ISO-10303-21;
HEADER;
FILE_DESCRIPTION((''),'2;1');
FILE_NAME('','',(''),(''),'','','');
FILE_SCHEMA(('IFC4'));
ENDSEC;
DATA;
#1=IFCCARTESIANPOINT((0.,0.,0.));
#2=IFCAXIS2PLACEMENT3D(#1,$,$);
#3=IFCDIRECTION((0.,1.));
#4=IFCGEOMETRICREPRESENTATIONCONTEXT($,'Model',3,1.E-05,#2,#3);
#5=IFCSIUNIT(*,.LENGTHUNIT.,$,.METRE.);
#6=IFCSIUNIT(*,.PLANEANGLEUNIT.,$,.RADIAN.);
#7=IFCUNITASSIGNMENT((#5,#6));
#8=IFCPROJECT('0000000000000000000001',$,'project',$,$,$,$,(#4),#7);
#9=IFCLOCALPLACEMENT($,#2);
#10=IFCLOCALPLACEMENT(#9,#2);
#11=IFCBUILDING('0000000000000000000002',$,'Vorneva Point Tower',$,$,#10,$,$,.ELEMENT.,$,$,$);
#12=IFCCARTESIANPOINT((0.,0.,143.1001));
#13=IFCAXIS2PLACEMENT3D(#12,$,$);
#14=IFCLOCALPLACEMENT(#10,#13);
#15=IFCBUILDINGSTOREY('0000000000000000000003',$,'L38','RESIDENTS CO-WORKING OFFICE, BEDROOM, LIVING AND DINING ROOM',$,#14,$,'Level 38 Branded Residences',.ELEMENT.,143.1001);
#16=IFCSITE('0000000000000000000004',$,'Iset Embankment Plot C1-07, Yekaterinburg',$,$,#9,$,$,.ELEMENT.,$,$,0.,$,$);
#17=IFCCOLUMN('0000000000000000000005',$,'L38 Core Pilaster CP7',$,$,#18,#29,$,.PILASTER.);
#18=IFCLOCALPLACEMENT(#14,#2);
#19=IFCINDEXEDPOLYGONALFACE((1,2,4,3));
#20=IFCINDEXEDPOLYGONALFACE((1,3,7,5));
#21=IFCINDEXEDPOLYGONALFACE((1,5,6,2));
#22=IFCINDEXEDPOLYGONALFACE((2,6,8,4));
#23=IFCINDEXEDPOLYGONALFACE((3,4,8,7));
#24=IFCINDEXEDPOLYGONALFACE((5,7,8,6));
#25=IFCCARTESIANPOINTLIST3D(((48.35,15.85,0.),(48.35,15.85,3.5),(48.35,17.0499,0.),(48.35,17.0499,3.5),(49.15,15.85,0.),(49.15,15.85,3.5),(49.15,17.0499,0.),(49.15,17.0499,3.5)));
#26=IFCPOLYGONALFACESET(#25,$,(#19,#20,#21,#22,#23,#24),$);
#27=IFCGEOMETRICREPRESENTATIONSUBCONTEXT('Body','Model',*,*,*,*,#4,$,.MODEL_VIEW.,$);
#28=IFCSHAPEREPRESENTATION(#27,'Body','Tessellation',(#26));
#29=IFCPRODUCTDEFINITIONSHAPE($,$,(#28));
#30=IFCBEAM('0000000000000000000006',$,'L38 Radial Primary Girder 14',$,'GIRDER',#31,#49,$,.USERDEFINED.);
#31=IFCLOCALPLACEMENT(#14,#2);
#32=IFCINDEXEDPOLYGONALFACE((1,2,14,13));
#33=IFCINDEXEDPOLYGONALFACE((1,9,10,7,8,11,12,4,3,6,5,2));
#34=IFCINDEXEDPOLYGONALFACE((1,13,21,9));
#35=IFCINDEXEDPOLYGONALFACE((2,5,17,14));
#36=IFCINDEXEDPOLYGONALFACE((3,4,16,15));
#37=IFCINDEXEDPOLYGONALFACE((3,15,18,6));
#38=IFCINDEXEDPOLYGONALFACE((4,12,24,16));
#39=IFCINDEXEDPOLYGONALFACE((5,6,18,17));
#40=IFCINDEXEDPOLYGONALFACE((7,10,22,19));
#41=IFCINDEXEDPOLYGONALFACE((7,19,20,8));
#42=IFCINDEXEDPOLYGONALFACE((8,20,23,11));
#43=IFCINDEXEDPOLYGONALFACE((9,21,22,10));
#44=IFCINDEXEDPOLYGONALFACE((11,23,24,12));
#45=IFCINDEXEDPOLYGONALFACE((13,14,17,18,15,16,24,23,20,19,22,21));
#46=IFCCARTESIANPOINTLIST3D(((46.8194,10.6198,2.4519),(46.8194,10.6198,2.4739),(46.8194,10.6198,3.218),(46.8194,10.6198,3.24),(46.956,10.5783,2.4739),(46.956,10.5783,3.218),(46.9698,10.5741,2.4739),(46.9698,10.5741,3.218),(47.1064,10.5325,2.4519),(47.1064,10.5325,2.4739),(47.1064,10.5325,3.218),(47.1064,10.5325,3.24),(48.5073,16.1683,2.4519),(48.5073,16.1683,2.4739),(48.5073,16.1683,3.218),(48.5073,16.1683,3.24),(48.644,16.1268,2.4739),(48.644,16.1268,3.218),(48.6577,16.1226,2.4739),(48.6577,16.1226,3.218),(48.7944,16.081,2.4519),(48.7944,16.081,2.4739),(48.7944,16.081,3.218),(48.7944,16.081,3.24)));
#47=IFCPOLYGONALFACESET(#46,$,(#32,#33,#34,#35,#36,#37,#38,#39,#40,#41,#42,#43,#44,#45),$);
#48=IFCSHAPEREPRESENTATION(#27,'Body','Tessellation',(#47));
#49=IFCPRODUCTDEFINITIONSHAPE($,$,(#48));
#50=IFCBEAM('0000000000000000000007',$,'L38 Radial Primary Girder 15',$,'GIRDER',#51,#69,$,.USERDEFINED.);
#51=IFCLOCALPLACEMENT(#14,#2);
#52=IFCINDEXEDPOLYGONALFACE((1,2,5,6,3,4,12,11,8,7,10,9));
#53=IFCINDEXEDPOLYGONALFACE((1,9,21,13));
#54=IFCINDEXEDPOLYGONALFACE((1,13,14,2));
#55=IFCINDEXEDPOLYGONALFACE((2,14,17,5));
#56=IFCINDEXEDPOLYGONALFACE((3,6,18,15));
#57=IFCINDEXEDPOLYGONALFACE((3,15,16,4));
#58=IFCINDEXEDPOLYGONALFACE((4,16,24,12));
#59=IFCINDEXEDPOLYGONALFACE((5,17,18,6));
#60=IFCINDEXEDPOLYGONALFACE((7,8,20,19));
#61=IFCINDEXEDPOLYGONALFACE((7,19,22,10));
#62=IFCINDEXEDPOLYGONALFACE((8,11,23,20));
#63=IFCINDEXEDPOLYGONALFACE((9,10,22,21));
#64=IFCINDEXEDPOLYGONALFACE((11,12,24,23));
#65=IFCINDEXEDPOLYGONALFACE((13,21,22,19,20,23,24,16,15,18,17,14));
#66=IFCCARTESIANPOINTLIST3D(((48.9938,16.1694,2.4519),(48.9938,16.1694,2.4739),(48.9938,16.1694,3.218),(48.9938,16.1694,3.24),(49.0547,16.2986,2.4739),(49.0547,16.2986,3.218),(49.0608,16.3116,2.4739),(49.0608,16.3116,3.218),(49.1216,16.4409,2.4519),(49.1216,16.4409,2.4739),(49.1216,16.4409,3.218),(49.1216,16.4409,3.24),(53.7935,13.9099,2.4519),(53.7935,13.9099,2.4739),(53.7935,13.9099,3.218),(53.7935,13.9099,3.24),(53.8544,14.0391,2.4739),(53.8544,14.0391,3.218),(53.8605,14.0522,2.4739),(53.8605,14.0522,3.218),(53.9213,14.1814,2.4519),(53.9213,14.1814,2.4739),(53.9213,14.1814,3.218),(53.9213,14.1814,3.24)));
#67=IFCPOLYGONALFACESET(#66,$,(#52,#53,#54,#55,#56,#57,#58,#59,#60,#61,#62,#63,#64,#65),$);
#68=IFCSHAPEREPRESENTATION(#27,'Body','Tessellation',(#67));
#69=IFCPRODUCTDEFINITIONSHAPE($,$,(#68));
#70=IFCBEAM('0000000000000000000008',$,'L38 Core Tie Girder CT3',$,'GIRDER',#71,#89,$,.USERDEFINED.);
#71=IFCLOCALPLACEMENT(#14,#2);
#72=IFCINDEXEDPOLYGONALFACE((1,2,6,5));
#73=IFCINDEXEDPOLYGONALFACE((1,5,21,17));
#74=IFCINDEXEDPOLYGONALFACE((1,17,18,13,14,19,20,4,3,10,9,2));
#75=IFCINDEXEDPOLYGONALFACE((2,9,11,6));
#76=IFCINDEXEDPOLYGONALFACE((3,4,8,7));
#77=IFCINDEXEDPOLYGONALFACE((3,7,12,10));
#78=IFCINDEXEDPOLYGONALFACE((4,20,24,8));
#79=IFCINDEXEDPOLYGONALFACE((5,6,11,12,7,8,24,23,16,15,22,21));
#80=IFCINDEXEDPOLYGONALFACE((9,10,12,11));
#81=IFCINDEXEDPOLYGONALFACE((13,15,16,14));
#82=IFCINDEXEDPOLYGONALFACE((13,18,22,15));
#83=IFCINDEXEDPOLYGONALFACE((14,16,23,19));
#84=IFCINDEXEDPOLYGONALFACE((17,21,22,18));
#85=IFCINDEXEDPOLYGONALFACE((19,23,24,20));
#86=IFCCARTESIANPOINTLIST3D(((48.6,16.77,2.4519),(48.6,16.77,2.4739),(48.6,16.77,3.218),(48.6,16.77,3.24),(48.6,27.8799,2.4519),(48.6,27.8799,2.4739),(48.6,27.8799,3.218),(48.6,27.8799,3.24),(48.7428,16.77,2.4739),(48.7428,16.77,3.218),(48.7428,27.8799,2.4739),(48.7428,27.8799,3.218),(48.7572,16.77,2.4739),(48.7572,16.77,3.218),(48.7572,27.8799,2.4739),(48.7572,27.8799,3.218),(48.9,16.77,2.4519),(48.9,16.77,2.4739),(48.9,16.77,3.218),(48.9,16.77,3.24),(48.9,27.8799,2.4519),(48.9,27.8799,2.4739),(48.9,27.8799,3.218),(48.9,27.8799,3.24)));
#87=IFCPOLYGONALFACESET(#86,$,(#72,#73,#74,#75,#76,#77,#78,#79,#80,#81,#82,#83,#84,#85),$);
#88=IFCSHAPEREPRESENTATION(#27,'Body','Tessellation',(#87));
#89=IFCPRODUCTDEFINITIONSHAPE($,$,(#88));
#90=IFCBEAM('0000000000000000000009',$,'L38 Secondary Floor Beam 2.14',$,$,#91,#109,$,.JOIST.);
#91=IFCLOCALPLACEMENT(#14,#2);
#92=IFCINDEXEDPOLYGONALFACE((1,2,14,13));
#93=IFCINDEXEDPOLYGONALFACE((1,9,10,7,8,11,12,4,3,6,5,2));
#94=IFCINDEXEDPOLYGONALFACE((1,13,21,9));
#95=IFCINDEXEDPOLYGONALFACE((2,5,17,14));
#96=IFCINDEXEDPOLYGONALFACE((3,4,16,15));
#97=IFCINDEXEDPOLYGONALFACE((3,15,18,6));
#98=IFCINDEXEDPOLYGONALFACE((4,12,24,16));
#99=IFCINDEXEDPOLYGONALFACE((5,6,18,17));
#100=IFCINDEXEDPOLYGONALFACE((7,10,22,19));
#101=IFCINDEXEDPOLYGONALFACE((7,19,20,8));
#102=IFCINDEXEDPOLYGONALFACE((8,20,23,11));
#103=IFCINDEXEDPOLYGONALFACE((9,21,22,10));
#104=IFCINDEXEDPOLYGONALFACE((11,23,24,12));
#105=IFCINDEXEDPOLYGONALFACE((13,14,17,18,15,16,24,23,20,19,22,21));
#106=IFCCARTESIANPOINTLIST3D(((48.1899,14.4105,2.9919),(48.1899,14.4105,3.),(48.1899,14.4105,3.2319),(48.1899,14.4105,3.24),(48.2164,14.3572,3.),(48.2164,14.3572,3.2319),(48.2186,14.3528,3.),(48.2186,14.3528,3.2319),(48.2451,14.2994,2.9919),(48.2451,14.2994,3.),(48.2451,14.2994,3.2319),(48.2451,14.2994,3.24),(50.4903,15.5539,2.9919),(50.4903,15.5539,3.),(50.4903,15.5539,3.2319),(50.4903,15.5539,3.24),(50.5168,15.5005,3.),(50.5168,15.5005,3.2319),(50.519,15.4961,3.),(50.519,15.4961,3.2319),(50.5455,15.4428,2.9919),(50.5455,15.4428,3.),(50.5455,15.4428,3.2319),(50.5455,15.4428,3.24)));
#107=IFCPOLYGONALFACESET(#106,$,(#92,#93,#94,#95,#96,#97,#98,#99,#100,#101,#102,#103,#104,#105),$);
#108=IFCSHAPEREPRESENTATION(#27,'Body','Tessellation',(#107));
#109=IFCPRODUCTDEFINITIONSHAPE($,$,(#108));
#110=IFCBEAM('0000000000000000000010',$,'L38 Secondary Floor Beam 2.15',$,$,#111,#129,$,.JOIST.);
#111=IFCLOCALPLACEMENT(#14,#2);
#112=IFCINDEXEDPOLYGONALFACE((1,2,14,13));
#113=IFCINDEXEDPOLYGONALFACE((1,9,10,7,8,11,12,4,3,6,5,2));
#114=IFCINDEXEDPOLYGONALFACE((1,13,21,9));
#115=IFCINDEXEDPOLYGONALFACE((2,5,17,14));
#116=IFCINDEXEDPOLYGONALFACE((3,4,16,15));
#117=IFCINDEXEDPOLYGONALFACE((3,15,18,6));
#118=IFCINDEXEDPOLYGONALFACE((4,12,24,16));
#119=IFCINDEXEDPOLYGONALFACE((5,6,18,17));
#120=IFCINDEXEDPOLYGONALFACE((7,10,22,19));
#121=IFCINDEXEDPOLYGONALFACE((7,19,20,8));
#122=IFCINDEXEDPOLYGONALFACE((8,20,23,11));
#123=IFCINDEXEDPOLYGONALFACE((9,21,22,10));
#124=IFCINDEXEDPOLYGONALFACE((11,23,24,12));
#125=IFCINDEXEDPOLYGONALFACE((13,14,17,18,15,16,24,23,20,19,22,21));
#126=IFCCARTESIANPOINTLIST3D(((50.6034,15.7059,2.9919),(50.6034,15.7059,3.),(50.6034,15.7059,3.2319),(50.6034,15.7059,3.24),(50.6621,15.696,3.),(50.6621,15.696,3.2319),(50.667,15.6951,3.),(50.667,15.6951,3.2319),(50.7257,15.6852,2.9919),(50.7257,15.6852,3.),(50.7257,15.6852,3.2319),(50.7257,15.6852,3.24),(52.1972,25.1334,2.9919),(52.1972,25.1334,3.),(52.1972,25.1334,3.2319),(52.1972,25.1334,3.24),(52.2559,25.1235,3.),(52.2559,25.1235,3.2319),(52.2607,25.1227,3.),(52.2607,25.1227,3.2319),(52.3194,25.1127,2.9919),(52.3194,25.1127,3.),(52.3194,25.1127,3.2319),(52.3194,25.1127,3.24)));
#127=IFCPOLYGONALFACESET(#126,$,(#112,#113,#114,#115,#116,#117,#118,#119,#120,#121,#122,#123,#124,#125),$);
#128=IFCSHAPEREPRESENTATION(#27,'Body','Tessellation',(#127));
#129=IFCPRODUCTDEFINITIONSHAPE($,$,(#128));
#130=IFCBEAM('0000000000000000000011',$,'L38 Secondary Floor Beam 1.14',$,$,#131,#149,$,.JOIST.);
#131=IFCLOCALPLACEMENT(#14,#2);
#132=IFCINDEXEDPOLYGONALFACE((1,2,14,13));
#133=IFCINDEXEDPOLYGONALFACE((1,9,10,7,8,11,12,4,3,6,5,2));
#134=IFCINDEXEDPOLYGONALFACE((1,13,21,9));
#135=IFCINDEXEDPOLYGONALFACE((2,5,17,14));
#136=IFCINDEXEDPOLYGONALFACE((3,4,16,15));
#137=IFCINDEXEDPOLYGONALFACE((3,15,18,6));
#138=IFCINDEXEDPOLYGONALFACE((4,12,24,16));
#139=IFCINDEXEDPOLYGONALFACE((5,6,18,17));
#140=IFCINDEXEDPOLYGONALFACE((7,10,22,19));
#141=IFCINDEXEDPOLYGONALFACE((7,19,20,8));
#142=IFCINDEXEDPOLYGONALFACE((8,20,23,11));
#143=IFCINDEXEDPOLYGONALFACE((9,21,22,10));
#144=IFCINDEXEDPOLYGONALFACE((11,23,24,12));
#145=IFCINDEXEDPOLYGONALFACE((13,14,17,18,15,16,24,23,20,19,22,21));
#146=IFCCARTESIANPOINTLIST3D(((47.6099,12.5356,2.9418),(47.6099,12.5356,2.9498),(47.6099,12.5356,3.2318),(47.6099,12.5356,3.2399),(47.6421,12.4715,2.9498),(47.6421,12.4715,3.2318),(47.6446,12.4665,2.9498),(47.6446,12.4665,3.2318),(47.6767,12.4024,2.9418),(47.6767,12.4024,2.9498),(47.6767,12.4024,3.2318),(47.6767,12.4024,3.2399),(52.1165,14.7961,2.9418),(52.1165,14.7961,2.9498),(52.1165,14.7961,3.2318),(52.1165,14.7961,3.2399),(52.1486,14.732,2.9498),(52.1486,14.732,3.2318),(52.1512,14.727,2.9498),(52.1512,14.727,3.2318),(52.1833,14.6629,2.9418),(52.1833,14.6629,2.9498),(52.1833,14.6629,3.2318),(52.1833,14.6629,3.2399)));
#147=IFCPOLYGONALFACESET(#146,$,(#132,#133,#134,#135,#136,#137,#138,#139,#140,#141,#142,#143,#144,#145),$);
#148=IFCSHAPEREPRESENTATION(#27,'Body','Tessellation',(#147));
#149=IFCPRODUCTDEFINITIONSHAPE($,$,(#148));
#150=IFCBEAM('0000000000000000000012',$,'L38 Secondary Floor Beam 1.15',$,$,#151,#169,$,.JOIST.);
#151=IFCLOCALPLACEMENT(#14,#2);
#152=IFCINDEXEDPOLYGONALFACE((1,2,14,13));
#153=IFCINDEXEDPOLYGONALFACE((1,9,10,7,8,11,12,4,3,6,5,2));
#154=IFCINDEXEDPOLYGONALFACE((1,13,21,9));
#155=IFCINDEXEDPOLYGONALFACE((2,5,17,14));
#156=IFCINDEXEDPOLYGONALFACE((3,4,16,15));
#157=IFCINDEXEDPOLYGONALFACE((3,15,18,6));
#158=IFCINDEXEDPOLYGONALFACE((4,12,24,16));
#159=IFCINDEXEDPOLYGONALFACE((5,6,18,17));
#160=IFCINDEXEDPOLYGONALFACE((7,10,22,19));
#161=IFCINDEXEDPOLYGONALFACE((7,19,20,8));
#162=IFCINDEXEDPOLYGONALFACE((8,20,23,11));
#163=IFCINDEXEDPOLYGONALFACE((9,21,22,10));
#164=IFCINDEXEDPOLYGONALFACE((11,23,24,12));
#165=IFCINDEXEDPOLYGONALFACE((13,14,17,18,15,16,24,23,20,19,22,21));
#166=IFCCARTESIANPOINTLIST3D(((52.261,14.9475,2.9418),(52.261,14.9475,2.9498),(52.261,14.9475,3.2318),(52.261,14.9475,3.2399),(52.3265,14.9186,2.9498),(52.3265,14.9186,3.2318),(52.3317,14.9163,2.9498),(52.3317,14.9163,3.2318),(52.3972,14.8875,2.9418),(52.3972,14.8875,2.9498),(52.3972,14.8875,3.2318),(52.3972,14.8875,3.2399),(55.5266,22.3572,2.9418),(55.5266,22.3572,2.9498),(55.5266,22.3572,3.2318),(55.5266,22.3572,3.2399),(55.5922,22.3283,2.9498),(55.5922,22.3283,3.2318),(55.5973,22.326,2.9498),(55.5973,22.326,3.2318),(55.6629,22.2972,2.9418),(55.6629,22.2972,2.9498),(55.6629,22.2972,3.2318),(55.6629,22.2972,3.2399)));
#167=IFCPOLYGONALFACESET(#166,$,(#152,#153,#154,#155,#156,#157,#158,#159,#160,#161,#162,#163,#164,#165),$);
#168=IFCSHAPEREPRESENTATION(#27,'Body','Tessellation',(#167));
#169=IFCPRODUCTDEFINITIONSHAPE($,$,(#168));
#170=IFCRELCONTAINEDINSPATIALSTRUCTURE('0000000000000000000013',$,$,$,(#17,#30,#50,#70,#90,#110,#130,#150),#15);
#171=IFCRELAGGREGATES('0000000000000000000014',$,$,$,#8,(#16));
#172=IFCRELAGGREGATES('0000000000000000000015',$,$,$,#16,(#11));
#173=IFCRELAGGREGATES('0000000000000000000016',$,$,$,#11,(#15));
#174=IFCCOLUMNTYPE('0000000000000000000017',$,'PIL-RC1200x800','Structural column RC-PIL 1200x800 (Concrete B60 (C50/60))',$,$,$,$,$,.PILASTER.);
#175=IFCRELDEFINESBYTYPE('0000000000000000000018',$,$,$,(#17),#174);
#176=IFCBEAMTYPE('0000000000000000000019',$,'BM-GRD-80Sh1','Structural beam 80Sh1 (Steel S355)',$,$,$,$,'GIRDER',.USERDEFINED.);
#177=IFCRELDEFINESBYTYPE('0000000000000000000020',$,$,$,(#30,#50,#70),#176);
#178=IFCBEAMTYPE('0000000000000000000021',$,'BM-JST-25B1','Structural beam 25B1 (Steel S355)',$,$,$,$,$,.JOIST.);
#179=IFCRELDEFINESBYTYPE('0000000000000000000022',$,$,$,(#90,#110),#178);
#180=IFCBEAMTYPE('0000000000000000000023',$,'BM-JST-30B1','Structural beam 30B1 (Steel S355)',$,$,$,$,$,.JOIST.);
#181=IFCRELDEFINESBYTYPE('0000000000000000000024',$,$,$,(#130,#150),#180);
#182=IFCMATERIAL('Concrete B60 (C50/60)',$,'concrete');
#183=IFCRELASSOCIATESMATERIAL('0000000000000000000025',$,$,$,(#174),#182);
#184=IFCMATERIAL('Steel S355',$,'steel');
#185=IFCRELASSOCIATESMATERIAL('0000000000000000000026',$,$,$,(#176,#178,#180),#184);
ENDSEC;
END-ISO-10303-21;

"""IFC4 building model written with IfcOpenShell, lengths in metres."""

from ifc_helpers import new_model, si_unit, direction, frame, origin, origin_2d, place, context, subcontext, project, spatial, rectangle, i_section, extrude, material, material_profile, profile_set, type_object, element, save


model = new_model("IFC4")

# Units and contexts
model_context = context("Model", 3, precision=1e-05, world=origin(), true_north=direction((0.0, 1.0)))
body_context = subcontext(model_context, "Body", "Model", "MODEL_VIEW")
ifc_project = project(units=[si_unit("LENGTHUNIT", "METRE"), si_unit("PLANEANGLEUNIT", "RADIAN")], contexts=[model_context])

# Site, building, storey
site_placement = place(None, origin())
site = spatial("IfcSite", under=ifc_project, at=site_placement, Name="Iset Embankment Plot C1-07, Yekaterinburg", CompositionType="ELEMENT", RefElevation=0.0)
building_placement = place(site_placement, origin())
building = spatial("IfcBuilding", under=site, at=building_placement, Name="Vorneva Point Tower", CompositionType="ELEMENT")
storey_placement = place(building_placement, frame((0.0, 0.0, 143.1001)))
storey = spatial("IfcBuildingStorey", under=building, at=storey_placement, Name="L38", Description="RESIDENTS CO-WORKING OFFICE, BEDROOM, LIVING AND DINING ROOM", LongName="Level 38 Branded Residences", CompositionType="ELEMENT", Elevation=143.1001)

# Column
ifc_material_1 = material(Name="Concrete B60 (C50/60)", Category="concrete")
ifc_material_profile_1 = material_profile(ifc_material_1, rectangle(XDim=0.8, YDim=1.2, at=origin_2d()), Name="RC-PIL 1200x800")
ifc_profile_set_1 = profile_set([ifc_material_profile_1], Name="Concrete B60 (C50/60)")
column_type_1 = type_object("IfcColumnType", Name="PIL-RC1200x800", Description="Structural column RC-PIL 1200x800 (Concrete B60 (C50/60))", PredefinedType="PILASTER", material=ifc_profile_set_1)
column_placement = place(storey_placement, frame((48.75, 16.45, 0.0), z_axis=(0.0, 0.0, 1.0), x_axis=(1.0, 0.0, 0.0)))
element("IfcColumn", 1, at=column_placement, inside=storey, type_object=column_type_1, Name="L38 Core Pilaster CP7", PredefinedType="PILASTER", context=body_context, shape_type="SweptSolid", body=[
    extrude(rectangle(XDim=0.8, YDim=1.2, at=origin_2d()), origin(), (0.0, 0.0, 1.0), 3.5),
])

# Beams
ifc_material_2 = material(Name="Steel S355", Category="steel")
ifc_material_profile_2 = material_profile(ifc_material_2, i_section(OverallWidth=0.3, OverallDepth=0.7881, WebThickness=0.0144, FlangeThickness=0.022, at=origin_2d()), Name="80Sh1")
ifc_profile_set_2 = profile_set([ifc_material_profile_2], Name="Steel S355")
beam_type_1 = type_object("IfcBeamType", Name="BM-GRD-80Sh1", Description="Structural beam 80Sh1 (Steel S355)", ElementType="GIRDER", PredefinedType="USERDEFINED", material=ifc_profile_set_2)
beam_1_placement = place(storey_placement, frame((46.9629, 10.5762, 2.8459), z_axis=(0.291049, 0.956708, 0.0), x_axis=(-0.956708, 0.291049, 0.0)))
element("IfcBeam", 2, at=beam_1_placement, inside=storey, type_object=beam_type_1, Name="L38 Radial Primary Girder 14", ObjectType="GIRDER", PredefinedType="USERDEFINED", context=body_context, shape_type="SweptSolid", body=[
    extrude(i_section(OverallWidth=0.3, OverallDepth=0.7881, WebThickness=0.0144, FlangeThickness=0.022, at=origin_2d()), origin(), (0.0, 0.0, 1.0), 5.7996),
])
beam_2_placement = place(storey_placement, frame((53.8574, 14.0457, 2.8459), z_axis=(-0.904761, 0.425919, 0.0), x_axis=(-0.425919, -0.904761, 0.0)))
element("IfcBeam", 3, at=beam_2_placement, inside=storey, type_object=beam_type_1, Name="L38 Radial Primary Girder 15", ObjectType="GIRDER", PredefinedType="USERDEFINED", context=body_context, shape_type="SweptSolid", body=[
    extrude(i_section(OverallWidth=0.3, OverallDepth=0.7881, WebThickness=0.0144, FlangeThickness=0.022, at=origin_2d()), origin(), (0.0, 0.0, 1.0), 5.3049),
])
beam_3_placement = place(storey_placement, frame((48.75, 16.77, 2.8459), z_axis=(0.0, 1.0, 0.0), x_axis=(-1.0, 0.0, 0.0)))
element("IfcBeam", 4, at=beam_3_placement, inside=storey, type_object=beam_type_1, Name="L38 Core Tie Girder CT3", ObjectType="GIRDER", PredefinedType="USERDEFINED", context=body_context, shape_type="SweptSolid", body=[
    extrude(i_section(OverallWidth=0.3, OverallDepth=0.7881, WebThickness=0.0144, FlangeThickness=0.022, at=origin_2d()), origin(), (0.0, 0.0, 1.0), 11.1099),
])
ifc_material_profile_3 = material_profile(ifc_material_2, i_section(OverallWidth=0.124, OverallDepth=0.248, WebThickness=0.0049, FlangeThickness=0.0081, at=origin_2d()), Name="25B1")
ifc_profile_set_3 = profile_set([ifc_material_profile_3], Name="Steel S355")
beam_type_2 = type_object("IfcBeamType", Name="BM-JST-25B1", Description="Structural beam 25B1 (Steel S355)", PredefinedType="JOIST", material=ifc_profile_set_3)
beam_4_placement = place(storey_placement, frame((48.2175, 14.355, 3.116), z_axis=(0.895489, 0.445083, 0.0), x_axis=(-0.445083, 0.895489, 0.0)))
element("IfcBeam", 5, at=beam_4_placement, inside=storey, type_object=beam_type_2, Name="L38 Secondary Floor Beam 2.14", PredefinedType="JOIST", context=body_context, shape_type="SweptSolid", body=[
    extrude(i_section(OverallWidth=0.124, OverallDepth=0.248, WebThickness=0.0049, FlangeThickness=0.0081, at=origin_2d()), origin(), (0.0, 0.0, 1.0), 2.5688),
])
beam_5_placement = place(storey_placement, frame((50.6646, 15.6956, 3.116), z_axis=(0.166688, 0.98601, 0.0), x_axis=(-0.98601, 0.166688, 0.0)))
element("IfcBeam", 6, at=beam_5_placement, inside=storey, type_object=beam_type_2, Name="L38 Secondary Floor Beam 2.15", PredefinedType="JOIST", context=body_context, shape_type="SweptSolid", body=[
    extrude(i_section(OverallWidth=0.124, OverallDepth=0.248, WebThickness=0.0049, FlangeThickness=0.0081, at=origin_2d()), origin(), (0.0, 0.0, 1.0), 9.5613),
])
ifc_material_profile_4 = material_profile(ifc_material_2, i_section(OverallWidth=0.1489, OverallDepth=0.2981, WebThickness=0.0056, FlangeThickness=0.0081, at=origin_2d()), Name="30B1")
ifc_profile_set_4 = profile_set([ifc_material_profile_4], Name="Steel S355")
beam_type_3 = type_object("IfcBeamType", Name="BM-JST-30B1", Description="Structural beam 30B1 (Steel S355)", PredefinedType="JOIST", material=ifc_profile_set_4)
beam_6_placement = place(storey_placement, frame((47.6433, 12.469, 3.0908), z_axis=(0.893855, 0.448356, 0.0), x_axis=(-0.448356, 0.893855, 0.0)))
element("IfcBeam", 7, at=beam_6_placement, inside=storey, type_object=beam_type_3, Name="L38 Secondary Floor Beam 1.14", PredefinedType="JOIST", context=body_context, shape_type="SweptSolid", body=[
    extrude(i_section(OverallWidth=0.1489, OverallDepth=0.2981, WebThickness=0.0056, FlangeThickness=0.0081, at=origin_2d()), origin(), (0.0, 0.0, 1.0), 5.0417),
])
beam_7_placement = place(storey_placement, frame((52.3291, 14.9175, 3.0908), z_axis=(0.403294, 0.91507, 0.0), x_axis=(-0.91507, 0.403294, 0.0)))
element("IfcBeam", 8, at=beam_7_placement, inside=storey, type_object=beam_type_3, Name="L38 Secondary Floor Beam 1.15", PredefinedType="JOIST", context=body_context, shape_type="SweptSolid", body=[
    extrude(i_section(OverallWidth=0.1489, OverallDepth=0.2981, WebThickness=0.0056, FlangeThickness=0.0081, at=origin_2d()), origin(), (0.0, 0.0, 1.0), 8.0974),
])

save(model, "model.ifc")
